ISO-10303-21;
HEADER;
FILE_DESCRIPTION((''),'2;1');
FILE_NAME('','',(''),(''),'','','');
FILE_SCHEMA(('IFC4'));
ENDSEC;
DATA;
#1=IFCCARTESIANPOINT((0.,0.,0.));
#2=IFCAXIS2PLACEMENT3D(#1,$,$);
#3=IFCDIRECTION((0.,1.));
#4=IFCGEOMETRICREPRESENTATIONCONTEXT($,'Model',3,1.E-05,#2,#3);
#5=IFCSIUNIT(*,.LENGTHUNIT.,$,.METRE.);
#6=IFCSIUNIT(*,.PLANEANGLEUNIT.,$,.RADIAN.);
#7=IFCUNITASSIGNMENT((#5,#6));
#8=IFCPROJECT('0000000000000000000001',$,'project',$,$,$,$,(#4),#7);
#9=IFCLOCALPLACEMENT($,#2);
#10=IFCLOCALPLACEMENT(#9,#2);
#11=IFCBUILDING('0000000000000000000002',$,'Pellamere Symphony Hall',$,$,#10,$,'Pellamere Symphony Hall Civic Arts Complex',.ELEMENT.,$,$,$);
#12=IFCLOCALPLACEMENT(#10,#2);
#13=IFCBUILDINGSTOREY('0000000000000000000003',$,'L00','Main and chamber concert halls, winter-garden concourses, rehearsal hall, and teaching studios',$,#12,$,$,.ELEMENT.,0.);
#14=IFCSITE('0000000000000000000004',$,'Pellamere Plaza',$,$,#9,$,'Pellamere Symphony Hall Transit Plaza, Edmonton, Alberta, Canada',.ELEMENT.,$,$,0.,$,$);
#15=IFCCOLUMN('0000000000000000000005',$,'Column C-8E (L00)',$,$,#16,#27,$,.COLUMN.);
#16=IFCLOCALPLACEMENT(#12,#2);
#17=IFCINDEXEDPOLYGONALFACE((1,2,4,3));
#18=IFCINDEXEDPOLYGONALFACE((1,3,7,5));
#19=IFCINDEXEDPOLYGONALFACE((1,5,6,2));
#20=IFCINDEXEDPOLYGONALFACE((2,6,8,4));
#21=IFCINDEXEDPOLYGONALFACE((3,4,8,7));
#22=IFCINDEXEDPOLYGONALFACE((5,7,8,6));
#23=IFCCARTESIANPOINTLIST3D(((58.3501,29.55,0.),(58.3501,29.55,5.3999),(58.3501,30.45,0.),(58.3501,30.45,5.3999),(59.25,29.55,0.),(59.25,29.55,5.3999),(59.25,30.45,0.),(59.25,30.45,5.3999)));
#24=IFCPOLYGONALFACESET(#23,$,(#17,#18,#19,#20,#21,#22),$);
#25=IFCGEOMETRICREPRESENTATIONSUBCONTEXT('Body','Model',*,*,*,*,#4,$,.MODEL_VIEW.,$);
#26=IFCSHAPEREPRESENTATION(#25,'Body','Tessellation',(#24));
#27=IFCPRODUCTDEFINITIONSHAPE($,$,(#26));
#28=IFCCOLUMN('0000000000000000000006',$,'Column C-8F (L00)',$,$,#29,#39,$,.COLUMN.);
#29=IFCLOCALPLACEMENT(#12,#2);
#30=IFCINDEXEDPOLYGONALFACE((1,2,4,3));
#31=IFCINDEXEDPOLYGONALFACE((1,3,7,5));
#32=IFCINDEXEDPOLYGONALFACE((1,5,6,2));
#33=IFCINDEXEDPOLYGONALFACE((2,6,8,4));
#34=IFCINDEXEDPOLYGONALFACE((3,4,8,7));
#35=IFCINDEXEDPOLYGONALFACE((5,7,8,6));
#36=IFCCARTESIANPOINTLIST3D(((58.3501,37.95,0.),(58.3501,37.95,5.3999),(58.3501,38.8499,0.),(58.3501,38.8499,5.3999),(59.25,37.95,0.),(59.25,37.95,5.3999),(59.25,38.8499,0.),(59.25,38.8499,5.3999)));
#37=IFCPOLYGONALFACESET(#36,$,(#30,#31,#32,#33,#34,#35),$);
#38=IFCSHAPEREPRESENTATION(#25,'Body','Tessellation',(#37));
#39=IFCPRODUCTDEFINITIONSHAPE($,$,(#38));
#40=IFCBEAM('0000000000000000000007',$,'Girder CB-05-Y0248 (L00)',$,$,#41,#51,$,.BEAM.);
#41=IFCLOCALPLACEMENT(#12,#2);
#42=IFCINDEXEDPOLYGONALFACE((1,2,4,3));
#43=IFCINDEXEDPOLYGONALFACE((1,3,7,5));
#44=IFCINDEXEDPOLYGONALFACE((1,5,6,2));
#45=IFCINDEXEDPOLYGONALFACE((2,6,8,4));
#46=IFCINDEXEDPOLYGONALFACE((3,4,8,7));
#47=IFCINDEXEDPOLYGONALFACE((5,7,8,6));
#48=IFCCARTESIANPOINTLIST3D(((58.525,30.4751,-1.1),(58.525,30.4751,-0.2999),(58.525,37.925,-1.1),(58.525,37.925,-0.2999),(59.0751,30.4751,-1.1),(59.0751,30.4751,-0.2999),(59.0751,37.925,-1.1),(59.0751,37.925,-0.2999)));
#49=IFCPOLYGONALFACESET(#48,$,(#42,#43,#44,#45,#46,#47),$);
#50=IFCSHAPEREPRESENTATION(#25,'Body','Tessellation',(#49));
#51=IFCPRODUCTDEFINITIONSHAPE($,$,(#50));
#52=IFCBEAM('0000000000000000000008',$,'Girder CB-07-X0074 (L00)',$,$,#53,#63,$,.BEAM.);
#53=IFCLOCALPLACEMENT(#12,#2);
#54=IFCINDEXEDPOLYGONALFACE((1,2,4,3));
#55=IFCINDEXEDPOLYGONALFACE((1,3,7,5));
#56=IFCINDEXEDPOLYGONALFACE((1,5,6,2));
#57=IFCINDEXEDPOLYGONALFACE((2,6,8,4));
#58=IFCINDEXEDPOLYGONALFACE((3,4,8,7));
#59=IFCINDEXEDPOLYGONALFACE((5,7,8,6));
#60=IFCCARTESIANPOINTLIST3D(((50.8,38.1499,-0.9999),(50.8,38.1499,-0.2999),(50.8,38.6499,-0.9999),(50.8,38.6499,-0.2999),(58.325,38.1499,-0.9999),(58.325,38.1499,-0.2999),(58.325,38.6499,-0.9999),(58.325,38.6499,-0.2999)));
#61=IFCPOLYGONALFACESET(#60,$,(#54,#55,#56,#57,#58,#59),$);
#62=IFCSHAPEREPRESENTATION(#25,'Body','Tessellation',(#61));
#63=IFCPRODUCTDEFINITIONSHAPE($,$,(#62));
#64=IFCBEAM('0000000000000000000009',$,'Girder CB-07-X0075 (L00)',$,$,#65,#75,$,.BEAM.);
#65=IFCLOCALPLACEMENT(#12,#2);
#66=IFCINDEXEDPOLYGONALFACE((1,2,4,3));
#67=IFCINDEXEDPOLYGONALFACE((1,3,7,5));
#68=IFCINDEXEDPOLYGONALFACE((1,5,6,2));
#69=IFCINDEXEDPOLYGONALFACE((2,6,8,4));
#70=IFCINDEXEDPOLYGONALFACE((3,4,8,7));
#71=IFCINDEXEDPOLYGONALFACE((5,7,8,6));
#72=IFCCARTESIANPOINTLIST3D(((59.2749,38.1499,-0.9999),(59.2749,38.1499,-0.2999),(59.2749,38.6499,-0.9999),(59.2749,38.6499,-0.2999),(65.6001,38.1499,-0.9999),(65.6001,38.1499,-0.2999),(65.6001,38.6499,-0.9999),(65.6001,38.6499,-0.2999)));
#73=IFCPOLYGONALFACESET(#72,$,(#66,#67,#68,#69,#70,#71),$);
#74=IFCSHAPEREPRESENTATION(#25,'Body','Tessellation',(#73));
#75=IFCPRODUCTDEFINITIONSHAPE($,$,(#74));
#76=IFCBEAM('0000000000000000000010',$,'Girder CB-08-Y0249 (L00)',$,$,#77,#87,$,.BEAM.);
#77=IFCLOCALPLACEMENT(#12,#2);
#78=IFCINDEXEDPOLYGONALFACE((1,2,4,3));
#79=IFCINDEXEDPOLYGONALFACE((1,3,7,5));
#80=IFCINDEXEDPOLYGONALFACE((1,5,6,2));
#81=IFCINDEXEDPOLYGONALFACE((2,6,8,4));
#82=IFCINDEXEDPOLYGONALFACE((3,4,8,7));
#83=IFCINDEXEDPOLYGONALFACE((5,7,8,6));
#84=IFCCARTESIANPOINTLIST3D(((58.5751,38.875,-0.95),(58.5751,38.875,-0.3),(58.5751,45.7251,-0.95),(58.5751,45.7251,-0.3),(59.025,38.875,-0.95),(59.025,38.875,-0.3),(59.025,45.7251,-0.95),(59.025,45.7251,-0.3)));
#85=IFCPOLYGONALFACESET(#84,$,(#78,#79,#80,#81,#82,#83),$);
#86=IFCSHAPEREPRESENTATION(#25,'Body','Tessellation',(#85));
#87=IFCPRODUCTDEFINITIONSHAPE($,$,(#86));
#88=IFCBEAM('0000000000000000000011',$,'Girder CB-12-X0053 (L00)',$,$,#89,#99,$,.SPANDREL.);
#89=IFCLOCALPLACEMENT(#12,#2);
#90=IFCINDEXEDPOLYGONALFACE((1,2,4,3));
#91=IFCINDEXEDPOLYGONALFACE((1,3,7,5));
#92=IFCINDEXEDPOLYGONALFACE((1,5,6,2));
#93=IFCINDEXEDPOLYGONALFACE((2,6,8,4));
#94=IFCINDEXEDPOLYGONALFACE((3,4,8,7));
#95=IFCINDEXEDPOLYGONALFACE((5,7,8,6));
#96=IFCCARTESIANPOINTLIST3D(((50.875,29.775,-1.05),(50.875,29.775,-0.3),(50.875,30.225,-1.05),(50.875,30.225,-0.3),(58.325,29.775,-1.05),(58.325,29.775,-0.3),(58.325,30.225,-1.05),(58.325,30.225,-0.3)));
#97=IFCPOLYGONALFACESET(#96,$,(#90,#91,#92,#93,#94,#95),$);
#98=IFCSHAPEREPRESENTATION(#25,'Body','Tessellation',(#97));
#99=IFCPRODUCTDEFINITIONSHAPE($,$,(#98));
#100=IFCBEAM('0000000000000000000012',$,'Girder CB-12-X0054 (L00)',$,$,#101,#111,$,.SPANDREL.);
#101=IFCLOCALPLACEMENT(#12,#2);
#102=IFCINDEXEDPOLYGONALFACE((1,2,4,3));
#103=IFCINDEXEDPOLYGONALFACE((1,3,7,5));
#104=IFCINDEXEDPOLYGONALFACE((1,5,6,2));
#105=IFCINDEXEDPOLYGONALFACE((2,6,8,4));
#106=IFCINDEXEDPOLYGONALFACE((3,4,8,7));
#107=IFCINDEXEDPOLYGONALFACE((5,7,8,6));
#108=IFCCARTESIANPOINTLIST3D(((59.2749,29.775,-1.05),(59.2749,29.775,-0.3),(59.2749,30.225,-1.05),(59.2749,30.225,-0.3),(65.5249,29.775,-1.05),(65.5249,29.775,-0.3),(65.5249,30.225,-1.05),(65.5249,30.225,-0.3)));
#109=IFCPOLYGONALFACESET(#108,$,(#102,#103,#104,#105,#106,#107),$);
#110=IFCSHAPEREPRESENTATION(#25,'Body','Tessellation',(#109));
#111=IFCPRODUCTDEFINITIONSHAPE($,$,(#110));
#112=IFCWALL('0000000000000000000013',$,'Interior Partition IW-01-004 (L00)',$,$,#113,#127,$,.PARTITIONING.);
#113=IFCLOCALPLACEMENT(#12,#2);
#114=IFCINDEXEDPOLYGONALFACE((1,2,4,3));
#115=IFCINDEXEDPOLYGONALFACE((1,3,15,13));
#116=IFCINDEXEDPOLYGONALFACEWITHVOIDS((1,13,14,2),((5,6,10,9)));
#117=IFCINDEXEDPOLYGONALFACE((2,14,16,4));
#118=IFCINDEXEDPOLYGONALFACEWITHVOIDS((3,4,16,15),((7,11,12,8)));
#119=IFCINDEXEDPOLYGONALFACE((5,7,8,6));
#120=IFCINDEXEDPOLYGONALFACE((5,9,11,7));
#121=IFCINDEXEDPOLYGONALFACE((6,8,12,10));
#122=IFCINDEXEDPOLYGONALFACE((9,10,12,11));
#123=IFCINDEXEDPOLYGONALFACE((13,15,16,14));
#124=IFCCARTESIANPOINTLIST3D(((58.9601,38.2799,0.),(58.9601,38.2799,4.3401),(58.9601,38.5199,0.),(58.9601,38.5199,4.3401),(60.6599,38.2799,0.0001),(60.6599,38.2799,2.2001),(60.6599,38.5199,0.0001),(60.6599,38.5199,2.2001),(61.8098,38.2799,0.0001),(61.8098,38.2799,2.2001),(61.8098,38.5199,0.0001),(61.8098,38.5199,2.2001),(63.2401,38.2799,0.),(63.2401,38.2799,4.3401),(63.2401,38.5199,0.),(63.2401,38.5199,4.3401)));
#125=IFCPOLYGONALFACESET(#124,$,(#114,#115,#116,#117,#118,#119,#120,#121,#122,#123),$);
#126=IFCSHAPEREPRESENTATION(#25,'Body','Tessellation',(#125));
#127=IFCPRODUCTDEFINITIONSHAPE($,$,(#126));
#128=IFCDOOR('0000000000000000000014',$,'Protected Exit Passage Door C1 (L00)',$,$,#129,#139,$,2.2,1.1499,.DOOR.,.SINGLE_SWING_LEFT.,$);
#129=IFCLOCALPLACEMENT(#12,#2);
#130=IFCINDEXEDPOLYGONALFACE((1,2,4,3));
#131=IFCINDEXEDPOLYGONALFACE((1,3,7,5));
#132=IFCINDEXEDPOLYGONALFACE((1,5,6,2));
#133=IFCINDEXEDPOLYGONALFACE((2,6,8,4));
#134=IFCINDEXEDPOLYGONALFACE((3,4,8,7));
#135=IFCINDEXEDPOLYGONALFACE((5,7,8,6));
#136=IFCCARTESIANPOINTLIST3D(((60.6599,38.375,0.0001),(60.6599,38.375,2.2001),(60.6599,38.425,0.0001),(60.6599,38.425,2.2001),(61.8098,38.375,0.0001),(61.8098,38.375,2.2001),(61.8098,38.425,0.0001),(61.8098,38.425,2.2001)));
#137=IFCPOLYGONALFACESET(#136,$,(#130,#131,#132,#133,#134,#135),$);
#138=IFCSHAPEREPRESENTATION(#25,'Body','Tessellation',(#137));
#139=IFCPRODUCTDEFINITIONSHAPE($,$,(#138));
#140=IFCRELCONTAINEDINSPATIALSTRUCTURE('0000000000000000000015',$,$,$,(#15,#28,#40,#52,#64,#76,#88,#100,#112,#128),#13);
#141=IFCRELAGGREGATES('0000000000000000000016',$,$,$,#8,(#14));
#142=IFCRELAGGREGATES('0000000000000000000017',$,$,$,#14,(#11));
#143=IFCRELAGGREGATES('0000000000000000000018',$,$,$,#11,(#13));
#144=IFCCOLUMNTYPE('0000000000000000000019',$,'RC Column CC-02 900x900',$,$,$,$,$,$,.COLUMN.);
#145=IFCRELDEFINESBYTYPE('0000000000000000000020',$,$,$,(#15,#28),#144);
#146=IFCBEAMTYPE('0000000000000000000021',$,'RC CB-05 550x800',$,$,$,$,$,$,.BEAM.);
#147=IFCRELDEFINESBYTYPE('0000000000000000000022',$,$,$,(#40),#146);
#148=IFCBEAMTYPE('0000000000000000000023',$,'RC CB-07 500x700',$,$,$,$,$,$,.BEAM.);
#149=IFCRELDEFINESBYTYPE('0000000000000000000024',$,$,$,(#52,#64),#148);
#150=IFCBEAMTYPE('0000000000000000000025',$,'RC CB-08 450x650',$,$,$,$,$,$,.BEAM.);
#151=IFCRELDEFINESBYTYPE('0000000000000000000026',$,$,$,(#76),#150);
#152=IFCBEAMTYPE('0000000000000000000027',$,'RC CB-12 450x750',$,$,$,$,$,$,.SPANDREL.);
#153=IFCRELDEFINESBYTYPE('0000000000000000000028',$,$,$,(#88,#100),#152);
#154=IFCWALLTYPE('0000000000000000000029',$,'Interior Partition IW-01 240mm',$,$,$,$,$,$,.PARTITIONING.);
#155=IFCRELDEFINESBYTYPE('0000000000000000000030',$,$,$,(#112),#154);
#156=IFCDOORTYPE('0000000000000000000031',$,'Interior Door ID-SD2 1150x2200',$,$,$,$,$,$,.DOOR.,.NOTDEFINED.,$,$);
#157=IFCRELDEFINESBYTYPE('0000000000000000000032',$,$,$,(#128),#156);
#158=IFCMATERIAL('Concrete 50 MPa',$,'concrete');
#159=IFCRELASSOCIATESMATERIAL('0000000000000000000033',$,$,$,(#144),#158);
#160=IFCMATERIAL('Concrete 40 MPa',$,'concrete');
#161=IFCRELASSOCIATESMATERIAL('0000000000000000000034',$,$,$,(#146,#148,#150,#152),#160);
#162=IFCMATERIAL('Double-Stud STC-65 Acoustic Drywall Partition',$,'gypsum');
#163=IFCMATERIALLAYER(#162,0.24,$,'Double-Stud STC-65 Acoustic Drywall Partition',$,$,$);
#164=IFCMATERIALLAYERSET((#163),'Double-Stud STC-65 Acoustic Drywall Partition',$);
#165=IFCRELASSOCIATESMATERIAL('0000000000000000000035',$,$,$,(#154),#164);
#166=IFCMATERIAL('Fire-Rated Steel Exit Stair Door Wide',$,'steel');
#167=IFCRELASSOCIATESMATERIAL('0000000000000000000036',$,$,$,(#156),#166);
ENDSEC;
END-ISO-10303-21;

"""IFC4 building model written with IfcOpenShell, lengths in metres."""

from ifc_helpers import new_model, si_unit, direction, frame, frame_2d, origin, origin_2d, place, context, subcontext, project, spatial, rectangle, extrude, material, layer, layer_set, material_profile, profile_set, type_object, element, fill, save


model = new_model("IFC4")

# Units and contexts
model_context = context("Model", 3, precision=1e-05, world=origin(), true_north=direction((0.0, 1.0)))
body_context = subcontext(model_context, "Body", "Model", "MODEL_VIEW")
ifc_project = project(units=[si_unit("LENGTHUNIT", "METRE"), si_unit("PLANEANGLEUNIT", "RADIAN")], contexts=[model_context])

# Site, building, storey
site_placement = place(None, origin())
site = spatial("IfcSite", under=ifc_project, at=site_placement, Name="Pellamere Plaza", LongName="Pellamere Symphony Hall Transit Plaza, Edmonton, Alberta, Canada", CompositionType="ELEMENT", RefElevation=0.0)
building_placement = place(site_placement, origin())
building = spatial("IfcBuilding", under=site, at=building_placement, Name="Pellamere Symphony Hall", LongName="Pellamere Symphony Hall Civic Arts Complex", CompositionType="ELEMENT")
storey_placement = place(building_placement, origin())
storey = spatial("IfcBuildingStorey", under=building, at=storey_placement, Name="L00", Description="Main and chamber concert halls, winter-garden concourses, rehearsal hall, and teaching studios", CompositionType="ELEMENT", Elevation=0.0)

# Columns
ifc_material_1 = material(Name="Concrete 50 MPa", Category="concrete")
ifc_material_profile_1 = material_profile(ifc_material_1, rectangle(XDim=0.8999, YDim=0.8999, at=origin_2d()), Name="RC 900x900")
ifc_profile_set_1 = profile_set([ifc_material_profile_1], Name="Concrete 50 MPa")
column_type = type_object("IfcColumnType", Name="RC Column CC-02 900x900", PredefinedType="COLUMN", material=ifc_profile_set_1)
for number, where, z_axis, x_axis, name in (
    (1, (58.8, 30.0, 0.0), (0.0, 0.0, 1.0), (1.0, 0.0, 0.0), "Column C-8E (L00)"),
    (2, (58.8, 38.3999, 0.0), (0.0, 0.0, 1.0), (1.0, 0.0, 0.0), "Column C-8F (L00)"),
):
    element("IfcColumn", number, at=place(storey_placement, frame(where, z_axis=z_axis, x_axis=x_axis)), inside=storey, type_object=column_type, Name=name, PredefinedType="COLUMN", context=body_context, shape_type="SweptSolid", body=[
        extrude(rectangle(XDim=0.8999, YDim=0.8999, at=origin_2d()), origin(), (0.0, 0.0, 1.0), 5.3999),
    ])

# Beams
ifc_material_2 = material(Name="Concrete 40 MPa", Category="concrete")
ifc_material_profile_2 = material_profile(ifc_material_2, rectangle(XDim=0.55, YDim=0.8, at=origin_2d()), Name="RC 550x800")
ifc_profile_set_2 = profile_set([ifc_material_profile_2], Name="Concrete 40 MPa")
beam_type_1 = type_object("IfcBeamType", Name="RC CB-05 550x800", PredefinedType="BEAM", material=ifc_profile_set_2)
beam_1_placement = place(storey_placement, frame((58.8, 30.4751, -0.7), z_axis=(0.0, 1.0, 0.0), x_axis=(-1.0, 0.0, 0.0)))
element("IfcBeam", 3, at=beam_1_placement, inside=storey, type_object=beam_type_1, Name="Girder CB-05-Y0248 (L00)", PredefinedType="BEAM", context=body_context, shape_type="SweptSolid", body=[
    extrude(rectangle(XDim=0.55, YDim=0.8, at=origin_2d()), origin(), (0.0, 0.0, 1.0), 7.45),
])
ifc_material_profile_3 = material_profile(ifc_material_2, rectangle(XDim=0.5, YDim=0.7, at=origin_2d()), Name="RC 500x700")
ifc_profile_set_3 = profile_set([ifc_material_profile_3], Name="Concrete 40 MPa")
beam_type_2 = type_object("IfcBeamType", Name="RC CB-07 500x700", PredefinedType="BEAM", material=ifc_profile_set_3)
beam_2_placement = place(storey_placement, frame((50.8, 38.3999, -0.6499), z_axis=(1.0, 0.0, 0.0), x_axis=(0.0, 1.0, 0.0)))
element("IfcBeam", 4, at=beam_2_placement, inside=storey, type_object=beam_type_2, Name="Girder CB-07-X0074 (L00)", PredefinedType="BEAM", context=body_context, shape_type="SweptSolid", body=[
    extrude(rectangle(XDim=0.5, YDim=0.7, at=origin_2d()), origin(), (0.0, 0.0, 1.0), 7.5249),
])
beam_3_placement = place(storey_placement, frame((59.2749, 38.3999, -0.6499), z_axis=(1.0, 0.0, 0.0), x_axis=(0.0, 1.0, 0.0)))
element("IfcBeam", 5, at=beam_3_placement, inside=storey, type_object=beam_type_2, Name="Girder CB-07-X0075 (L00)", PredefinedType="BEAM", context=body_context, shape_type="SweptSolid", body=[
    extrude(rectangle(XDim=0.5, YDim=0.7, at=origin_2d()), origin(), (0.0, 0.0, 1.0), 6.3252),
])
ifc_material_profile_4 = material_profile(ifc_material_2, rectangle(XDim=0.45, YDim=0.6499, at=origin_2d()), Name="RC 450x650")
ifc_profile_set_4 = profile_set([ifc_material_profile_4], Name="Concrete 40 MPa")
beam_type_3 = type_object("IfcBeamType", Name="RC CB-08 450x650", PredefinedType="BEAM", material=ifc_profile_set_4)
beam_4_placement = place(storey_placement, frame((58.8, 38.875, -0.625), z_axis=(0.0, 1.0, 0.0), x_axis=(-1.0, 0.0, 0.0)))
element("IfcBeam", 6, at=beam_4_placement, inside=storey, type_object=beam_type_3, Name="Girder CB-08-Y0249 (L00)", PredefinedType="BEAM", context=body_context, shape_type="SweptSolid", body=[
    extrude(rectangle(XDim=0.45, YDim=0.6499, at=origin_2d()), origin(), (0.0, 0.0, 1.0), 6.8501),
])
ifc_material_profile_5 = material_profile(ifc_material_2, rectangle(XDim=0.45, YDim=0.75, at=origin_2d()), Name="RC 450x750")
ifc_profile_set_5 = profile_set([ifc_material_profile_5], Name="Concrete 40 MPa")
beam_type_4 = type_object("IfcBeamType", Name="RC CB-12 450x750", PredefinedType="SPANDREL", material=ifc_profile_set_5)
beam_5_placement = place(storey_placement, frame((50.875, 30.0, -0.675), z_axis=(1.0, 0.0, 0.0), x_axis=(0.0, 1.0, 0.0)))
element("IfcBeam", 7, at=beam_5_placement, inside=storey, type_object=beam_type_4, Name="Girder CB-12-X0053 (L00)", PredefinedType="SPANDREL", context=body_context, shape_type="SweptSolid", body=[
    extrude(rectangle(XDim=0.45, YDim=0.75, at=origin_2d()), origin(), (0.0, 0.0, 1.0), 7.45),
])
beam_6_placement = place(storey_placement, frame((59.2749, 30.0, -0.675), z_axis=(1.0, 0.0, 0.0), x_axis=(0.0, 1.0, 0.0)))
element("IfcBeam", 8, at=beam_6_placement, inside=storey, type_object=beam_type_4, Name="Girder CB-12-X0054 (L00)", PredefinedType="SPANDREL", context=body_context, shape_type="SweptSolid", body=[
    extrude(rectangle(XDim=0.45, YDim=0.75, at=origin_2d()), origin(), (0.0, 0.0, 1.0), 6.25),
])

# Wall, opening, door
ifc_material_3 = material(Name="Double-Stud STC-65 Acoustic Drywall Partition", Category="gypsum")
ifc_layer_1 = layer(ifc_material_3, 0.24, Name="Double-Stud STC-65 Acoustic Drywall Partition")
ifc_layer_set_1 = layer_set([ifc_layer_1], Name="Double-Stud STC-65 Acoustic Drywall Partition")
wall_type_1 = type_object("IfcWallType", Name="Interior Partition IW-01 240mm", PredefinedType="PARTITIONING", material=ifc_layer_set_1)
wall_1_placement = place(storey_placement, frame((58.96, 38.3999, 0.0), z_axis=(0.0, 0.0, 1.0), x_axis=(1.0, 0.0, 0.0)))
wall_1 = element("IfcWall", 9, at=wall_1_placement, inside=storey, type_object=wall_type_1, Name="Interior Partition IW-01-004 (L00)", PredefinedType="PARTITIONING", context=body_context, shape_type="SweptSolid", body=[
    extrude(rectangle(XDim=4.28, YDim=0.24, at=frame_2d((2.1401, 0.0))), origin(), (0.0, 0.0, 1.0), 4.3401),
])
opening_1_placement = place(wall_1_placement, frame((1.7, 0.0, 0.0)))
opening_1 = element("IfcOpeningElement", 10, at=opening_1_placement, cuts=wall_1, PredefinedType="OPENING", context=body_context, shape_type="SweptSolid", body=[
    extrude(rectangle(XDim=1.1499, YDim=2.2, at=frame_2d((0.575, 1.1001))), frame((0.0, 0.1299, 0.0), z_axis=(0.0, -1.0, 0.0), x_axis=(1.0, 0.0, 0.0)), (0.0, 0.0, 1.0), 0.26),
])
ifc_material_4 = material(Name="Fire-Rated Steel Exit Stair Door Wide", Category="steel")
door_type_1 = type_object("IfcDoorType", Name="Interior Door ID-SD2 1150x2200", OperationType="NOTDEFINED", PredefinedType="DOOR", material=ifc_material_4)
door_1_placement = place(opening_1_placement, frame((1.1499, 0.0, 0.0), z_axis=(0.0, 0.0, 1.0), x_axis=(-1.0, 0.0, 0.0)))
door_1 = element("IfcDoor", 11, at=door_1_placement, inside=storey, type_object=door_type_1, Name="Protected Exit Passage Door C1 (L00)", OperationType="SINGLE_SWING_LEFT", OverallHeight=2.2, OverallWidth=1.1499, PredefinedType="DOOR", context=body_context, shape_type="SweptSolid", body=[
    extrude(rectangle(XDim=1.1499, YDim=2.2, at=frame_2d((0.575, 1.1001))), frame((0.0, 0.0249, 0.0), z_axis=(0.0, -1.0, 0.0), x_axis=(1.0, 0.0, 0.0)), (0.0, 0.0, 1.0), 0.05),
])
fill(opening_1, door_1)

save(model, "model.ifc")
